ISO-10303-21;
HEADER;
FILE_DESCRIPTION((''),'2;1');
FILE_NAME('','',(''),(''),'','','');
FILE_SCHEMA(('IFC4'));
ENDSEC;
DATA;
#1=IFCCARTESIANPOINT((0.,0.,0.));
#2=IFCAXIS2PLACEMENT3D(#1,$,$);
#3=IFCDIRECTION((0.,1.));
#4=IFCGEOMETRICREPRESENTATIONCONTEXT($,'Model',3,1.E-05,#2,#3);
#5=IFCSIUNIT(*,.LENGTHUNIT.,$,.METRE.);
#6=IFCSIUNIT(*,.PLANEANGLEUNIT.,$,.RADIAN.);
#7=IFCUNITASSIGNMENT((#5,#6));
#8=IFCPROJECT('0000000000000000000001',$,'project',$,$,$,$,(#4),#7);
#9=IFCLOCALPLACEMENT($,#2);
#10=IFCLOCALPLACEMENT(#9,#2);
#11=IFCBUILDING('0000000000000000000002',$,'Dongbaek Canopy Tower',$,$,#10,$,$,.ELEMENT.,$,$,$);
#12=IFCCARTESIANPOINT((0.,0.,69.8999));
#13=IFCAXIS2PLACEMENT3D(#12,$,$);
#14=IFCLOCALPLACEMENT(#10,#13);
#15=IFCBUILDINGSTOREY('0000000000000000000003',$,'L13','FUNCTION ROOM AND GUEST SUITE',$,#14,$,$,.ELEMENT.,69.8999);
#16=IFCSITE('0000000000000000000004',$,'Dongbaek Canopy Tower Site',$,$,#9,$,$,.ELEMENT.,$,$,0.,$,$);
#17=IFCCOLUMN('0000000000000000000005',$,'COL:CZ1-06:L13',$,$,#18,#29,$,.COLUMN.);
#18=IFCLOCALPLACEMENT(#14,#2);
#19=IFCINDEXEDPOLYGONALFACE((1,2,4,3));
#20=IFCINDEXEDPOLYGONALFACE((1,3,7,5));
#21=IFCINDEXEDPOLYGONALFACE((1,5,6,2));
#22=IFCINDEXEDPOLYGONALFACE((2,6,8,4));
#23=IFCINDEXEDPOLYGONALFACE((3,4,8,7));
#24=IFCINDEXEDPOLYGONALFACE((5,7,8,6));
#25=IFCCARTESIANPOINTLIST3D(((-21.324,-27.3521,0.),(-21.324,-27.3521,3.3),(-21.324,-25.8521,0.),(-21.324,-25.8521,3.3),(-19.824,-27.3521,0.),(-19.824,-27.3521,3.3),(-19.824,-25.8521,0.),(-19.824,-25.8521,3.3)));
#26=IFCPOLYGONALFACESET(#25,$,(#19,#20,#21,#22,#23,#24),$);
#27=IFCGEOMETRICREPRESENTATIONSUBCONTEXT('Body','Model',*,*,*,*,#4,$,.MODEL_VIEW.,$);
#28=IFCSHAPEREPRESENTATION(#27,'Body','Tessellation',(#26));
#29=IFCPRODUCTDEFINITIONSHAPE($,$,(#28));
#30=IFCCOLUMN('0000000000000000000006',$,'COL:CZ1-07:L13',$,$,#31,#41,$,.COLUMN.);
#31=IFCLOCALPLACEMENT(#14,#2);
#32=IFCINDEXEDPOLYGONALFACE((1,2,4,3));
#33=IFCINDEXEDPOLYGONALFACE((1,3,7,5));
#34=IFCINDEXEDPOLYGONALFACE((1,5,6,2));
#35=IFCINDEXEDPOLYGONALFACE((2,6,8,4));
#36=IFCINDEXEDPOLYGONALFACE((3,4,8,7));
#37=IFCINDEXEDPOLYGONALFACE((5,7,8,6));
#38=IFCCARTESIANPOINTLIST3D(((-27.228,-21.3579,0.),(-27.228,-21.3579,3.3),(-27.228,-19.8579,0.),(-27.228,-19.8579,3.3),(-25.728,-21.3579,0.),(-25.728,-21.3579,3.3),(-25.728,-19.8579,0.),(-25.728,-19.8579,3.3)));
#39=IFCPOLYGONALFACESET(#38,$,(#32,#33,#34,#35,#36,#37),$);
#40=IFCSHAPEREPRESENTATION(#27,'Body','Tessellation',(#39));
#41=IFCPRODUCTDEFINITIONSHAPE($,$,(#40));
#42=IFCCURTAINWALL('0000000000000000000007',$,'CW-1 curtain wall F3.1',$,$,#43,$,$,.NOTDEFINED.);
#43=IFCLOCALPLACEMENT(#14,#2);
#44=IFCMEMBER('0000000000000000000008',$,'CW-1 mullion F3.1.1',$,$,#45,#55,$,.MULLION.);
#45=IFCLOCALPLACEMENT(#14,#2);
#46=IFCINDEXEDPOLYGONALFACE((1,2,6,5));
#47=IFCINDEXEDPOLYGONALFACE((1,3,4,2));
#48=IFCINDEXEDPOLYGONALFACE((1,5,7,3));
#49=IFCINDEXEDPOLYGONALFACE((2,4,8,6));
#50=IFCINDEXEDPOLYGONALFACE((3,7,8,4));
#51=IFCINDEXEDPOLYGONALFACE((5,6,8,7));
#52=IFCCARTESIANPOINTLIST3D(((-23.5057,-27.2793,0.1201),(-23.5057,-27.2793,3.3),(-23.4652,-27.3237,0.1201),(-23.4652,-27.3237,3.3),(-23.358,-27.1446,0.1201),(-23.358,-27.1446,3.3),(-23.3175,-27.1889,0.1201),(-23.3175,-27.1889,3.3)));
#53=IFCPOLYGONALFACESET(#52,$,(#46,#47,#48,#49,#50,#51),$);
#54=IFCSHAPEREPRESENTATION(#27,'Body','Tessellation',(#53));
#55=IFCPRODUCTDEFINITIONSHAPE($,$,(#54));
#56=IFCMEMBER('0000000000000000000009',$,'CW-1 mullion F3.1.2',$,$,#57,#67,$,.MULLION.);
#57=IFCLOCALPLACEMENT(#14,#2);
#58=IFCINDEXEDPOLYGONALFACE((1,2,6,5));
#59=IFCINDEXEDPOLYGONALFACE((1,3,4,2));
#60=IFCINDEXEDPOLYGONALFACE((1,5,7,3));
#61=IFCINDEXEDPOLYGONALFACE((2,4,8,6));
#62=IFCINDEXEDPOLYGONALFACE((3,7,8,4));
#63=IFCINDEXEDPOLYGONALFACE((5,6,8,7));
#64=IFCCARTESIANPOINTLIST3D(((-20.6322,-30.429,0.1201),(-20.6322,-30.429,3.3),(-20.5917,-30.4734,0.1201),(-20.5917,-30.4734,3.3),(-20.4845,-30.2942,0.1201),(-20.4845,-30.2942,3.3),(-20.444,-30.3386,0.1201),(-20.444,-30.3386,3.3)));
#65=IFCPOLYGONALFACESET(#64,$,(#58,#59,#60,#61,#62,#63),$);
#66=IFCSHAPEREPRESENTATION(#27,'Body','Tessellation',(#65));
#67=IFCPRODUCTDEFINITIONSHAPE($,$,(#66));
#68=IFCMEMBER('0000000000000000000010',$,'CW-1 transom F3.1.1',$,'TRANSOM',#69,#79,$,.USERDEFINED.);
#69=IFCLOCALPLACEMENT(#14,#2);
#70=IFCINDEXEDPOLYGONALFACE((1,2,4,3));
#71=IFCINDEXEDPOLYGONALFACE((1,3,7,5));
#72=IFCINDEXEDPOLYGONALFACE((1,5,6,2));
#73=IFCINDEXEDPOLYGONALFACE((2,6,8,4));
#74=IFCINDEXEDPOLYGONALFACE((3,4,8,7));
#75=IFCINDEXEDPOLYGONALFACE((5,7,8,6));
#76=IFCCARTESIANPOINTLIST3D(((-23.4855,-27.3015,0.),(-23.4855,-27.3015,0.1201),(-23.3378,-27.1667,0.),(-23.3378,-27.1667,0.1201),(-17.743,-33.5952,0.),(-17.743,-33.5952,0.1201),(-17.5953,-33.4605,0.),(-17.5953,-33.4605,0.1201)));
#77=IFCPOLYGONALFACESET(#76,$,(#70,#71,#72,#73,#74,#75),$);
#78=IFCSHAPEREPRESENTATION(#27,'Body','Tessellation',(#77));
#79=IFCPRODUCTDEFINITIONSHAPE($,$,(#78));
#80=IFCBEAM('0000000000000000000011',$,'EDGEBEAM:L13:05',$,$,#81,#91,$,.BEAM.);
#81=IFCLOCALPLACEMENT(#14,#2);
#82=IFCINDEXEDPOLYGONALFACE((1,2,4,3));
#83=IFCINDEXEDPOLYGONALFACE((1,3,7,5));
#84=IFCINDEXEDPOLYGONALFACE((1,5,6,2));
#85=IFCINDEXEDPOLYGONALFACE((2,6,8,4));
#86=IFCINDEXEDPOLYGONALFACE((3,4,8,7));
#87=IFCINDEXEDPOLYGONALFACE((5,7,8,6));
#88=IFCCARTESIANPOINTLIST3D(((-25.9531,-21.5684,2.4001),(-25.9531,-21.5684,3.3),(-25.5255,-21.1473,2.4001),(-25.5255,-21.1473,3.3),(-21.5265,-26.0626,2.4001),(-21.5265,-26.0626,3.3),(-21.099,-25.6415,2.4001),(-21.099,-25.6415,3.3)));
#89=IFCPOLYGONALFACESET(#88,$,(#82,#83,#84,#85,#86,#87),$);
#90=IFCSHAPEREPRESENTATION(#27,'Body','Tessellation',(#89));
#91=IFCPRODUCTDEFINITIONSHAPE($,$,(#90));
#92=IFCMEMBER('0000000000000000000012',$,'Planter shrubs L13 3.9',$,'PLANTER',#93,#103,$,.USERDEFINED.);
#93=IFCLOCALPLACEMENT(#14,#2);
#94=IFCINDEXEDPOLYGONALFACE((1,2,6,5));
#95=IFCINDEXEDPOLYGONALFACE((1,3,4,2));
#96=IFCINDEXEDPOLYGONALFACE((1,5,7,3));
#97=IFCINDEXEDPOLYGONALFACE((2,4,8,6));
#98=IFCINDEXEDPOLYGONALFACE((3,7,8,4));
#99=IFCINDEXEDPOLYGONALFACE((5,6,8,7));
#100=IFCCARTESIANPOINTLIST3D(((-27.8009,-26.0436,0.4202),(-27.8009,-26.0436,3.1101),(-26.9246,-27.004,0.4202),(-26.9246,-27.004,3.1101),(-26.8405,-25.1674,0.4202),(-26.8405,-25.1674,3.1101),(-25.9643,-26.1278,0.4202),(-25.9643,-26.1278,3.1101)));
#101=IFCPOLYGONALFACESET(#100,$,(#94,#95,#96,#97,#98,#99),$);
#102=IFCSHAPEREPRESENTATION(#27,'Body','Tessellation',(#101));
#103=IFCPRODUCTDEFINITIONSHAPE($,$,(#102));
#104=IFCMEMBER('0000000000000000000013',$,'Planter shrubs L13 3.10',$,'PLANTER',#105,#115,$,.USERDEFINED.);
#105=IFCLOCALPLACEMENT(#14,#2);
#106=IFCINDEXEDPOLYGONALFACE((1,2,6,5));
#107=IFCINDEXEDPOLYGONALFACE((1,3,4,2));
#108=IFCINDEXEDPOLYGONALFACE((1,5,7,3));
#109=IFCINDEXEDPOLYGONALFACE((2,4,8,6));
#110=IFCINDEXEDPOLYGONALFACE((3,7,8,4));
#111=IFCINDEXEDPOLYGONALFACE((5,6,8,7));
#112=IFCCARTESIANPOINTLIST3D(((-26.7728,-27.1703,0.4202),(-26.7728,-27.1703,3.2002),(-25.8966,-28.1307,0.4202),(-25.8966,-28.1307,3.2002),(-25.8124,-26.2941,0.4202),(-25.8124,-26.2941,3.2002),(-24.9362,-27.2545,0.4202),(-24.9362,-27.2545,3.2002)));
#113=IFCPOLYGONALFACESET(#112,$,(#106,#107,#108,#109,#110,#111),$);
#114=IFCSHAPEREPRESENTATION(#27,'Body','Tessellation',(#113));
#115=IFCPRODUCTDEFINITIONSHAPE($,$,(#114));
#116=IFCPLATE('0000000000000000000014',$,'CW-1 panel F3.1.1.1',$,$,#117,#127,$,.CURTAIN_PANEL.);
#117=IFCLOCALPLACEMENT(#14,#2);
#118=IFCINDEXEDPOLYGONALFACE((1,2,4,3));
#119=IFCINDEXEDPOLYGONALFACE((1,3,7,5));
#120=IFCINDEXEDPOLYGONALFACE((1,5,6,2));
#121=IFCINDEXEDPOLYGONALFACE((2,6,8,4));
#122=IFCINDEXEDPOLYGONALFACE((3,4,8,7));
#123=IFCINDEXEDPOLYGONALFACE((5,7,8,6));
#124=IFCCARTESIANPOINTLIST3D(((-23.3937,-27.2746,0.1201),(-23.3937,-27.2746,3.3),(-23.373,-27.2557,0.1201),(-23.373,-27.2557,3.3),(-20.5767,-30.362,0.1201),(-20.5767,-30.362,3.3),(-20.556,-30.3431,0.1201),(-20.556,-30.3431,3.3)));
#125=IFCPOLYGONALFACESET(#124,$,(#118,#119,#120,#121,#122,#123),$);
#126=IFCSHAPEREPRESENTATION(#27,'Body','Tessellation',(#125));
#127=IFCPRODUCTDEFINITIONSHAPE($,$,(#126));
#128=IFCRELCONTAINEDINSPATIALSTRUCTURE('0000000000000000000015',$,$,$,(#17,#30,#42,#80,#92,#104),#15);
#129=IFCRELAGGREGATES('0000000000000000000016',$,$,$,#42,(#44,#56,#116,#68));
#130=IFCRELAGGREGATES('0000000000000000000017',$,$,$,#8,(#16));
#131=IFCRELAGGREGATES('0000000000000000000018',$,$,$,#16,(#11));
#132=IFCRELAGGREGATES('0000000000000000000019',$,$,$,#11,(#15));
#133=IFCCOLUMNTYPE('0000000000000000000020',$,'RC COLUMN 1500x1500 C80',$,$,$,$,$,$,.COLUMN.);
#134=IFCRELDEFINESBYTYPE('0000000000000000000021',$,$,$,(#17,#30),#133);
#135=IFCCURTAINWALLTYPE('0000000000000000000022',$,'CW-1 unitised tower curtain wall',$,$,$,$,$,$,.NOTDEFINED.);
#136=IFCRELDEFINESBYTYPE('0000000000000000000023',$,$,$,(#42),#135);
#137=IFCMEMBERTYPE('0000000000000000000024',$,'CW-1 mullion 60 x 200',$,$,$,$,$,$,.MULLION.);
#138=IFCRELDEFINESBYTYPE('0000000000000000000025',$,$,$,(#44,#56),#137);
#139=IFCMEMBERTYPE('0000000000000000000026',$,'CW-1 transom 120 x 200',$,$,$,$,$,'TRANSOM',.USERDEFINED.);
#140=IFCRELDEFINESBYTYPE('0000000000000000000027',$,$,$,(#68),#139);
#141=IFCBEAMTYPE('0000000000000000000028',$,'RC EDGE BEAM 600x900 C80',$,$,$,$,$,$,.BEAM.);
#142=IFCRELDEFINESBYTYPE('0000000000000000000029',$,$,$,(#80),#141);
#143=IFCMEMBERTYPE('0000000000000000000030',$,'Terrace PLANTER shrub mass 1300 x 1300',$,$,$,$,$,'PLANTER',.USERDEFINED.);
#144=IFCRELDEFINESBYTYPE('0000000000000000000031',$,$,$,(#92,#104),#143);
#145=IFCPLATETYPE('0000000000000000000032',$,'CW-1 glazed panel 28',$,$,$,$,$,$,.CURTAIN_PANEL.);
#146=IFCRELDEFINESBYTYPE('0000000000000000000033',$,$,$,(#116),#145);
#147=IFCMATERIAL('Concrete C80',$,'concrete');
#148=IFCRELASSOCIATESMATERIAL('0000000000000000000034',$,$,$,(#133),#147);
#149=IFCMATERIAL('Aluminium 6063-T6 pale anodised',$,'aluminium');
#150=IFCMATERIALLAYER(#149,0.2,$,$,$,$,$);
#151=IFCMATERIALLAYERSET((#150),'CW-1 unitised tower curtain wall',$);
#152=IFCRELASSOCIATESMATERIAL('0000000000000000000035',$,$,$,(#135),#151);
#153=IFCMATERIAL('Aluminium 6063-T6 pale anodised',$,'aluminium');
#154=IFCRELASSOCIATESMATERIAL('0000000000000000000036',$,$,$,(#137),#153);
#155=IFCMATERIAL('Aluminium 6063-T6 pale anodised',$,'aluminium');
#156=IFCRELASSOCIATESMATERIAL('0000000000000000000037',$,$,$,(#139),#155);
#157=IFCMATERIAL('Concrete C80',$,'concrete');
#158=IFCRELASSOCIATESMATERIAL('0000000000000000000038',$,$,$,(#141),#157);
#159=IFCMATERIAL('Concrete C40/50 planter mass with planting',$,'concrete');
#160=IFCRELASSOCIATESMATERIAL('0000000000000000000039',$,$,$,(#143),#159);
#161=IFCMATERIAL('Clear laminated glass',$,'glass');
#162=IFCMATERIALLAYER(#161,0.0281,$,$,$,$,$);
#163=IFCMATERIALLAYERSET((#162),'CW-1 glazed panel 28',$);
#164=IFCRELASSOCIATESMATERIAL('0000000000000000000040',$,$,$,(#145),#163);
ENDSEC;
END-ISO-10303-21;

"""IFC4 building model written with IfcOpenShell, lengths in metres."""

from ifc_helpers import new_model, si_unit, direction, frame, origin, origin_2d, place, context, subcontext, project, spatial, rectangle, extrude, material, layer, layer_set, material_profile, profile_set, type_object, element, aggregate, save


model = new_model("IFC4")

# Units and contexts
model_context = context("Model", 3, precision=1e-05, world=origin(), true_north=direction((0.0, 1.0)))
body_context = subcontext(model_context, "Body", "Model", "MODEL_VIEW")
ifc_project = project(units=[si_unit("LENGTHUNIT", "METRE"), si_unit("PLANEANGLEUNIT", "RADIAN")], contexts=[model_context])

# Site, building, storey
site_placement = place(None, origin())
site = spatial("IfcSite", under=ifc_project, at=site_placement, Name="Dongbaek Canopy Tower Site", CompositionType="ELEMENT", RefElevation=0.0)
building_placement = place(site_placement, origin())
building = spatial("IfcBuilding", under=site, at=building_placement, Name="Dongbaek Canopy Tower", CompositionType="ELEMENT")
storey_placement = place(building_placement, frame((0.0, 0.0, 69.8999)))
storey = spatial("IfcBuildingStorey", under=building, at=storey_placement, Name="L13", Description="FUNCTION ROOM AND GUEST SUITE", CompositionType="ELEMENT", Elevation=69.8999)

# Columns
ifc_material_1 = material(Name="Concrete C80", Category="concrete")
ifc_material_profile_1 = material_profile(ifc_material_1, rectangle(XDim=1.5, YDim=1.5, at=origin_2d()), Name="RC COLUMN 1500x1500 C80")
ifc_profile_set_1 = profile_set([ifc_material_profile_1], Name="Concrete C80")
column_type = type_object("IfcColumnType", Name="RC COLUMN 1500x1500 C80", PredefinedType="COLUMN", material=ifc_profile_set_1)
for number, where, z_axis, x_axis, name in (
    (1, (-20.574, -26.6021, 0.0), (0.0, 0.0, 1.0), (1.0, 0.0, 0.0), "COL:CZ1-06:L13"),
    (2, (-26.478, -20.6079, 0.0), (0.0, 0.0, 1.0), (1.0, 0.0, 0.0), "COL:CZ1-07:L13"),
):
    element("IfcColumn", number, at=place(storey_placement, frame(where, z_axis=z_axis, x_axis=x_axis)), inside=storey, type_object=column_type, Name=name, PredefinedType="COLUMN", context=body_context, shape_type="SweptSolid", body=[
        extrude(rectangle(XDim=1.5, YDim=1.5, at=origin_2d()), origin(), (0.0, 0.0, 1.0), 3.3),
    ])

# Curtain wall, members
ifc_material_2 = material(Name="Aluminium 6063-T6 pale anodised", Category="aluminium")
ifc_layer_1 = layer(ifc_material_2, 0.2)
ifc_layer_set_1 = layer_set([ifc_layer_1], Name="CW-1 unitised tower curtain wall")
curtain_wall_type = type_object("IfcCurtainWallType", Name="CW-1 unitised tower curtain wall", PredefinedType="NOTDEFINED", material=ifc_layer_set_1)
curtain_wall_placement = place(storey_placement, origin())
curtain_wall = element("IfcCurtainWall", 3, at=curtain_wall_placement, inside=storey, type_object=curtain_wall_type, Name="CW-1 curtain wall F3.1", PredefinedType="NOTDEFINED")
ifc_material_3 = material(Name="Aluminium 6063-T6 pale anodised", Category="aluminium")
ifc_material_profile_2 = material_profile(ifc_material_3, rectangle(XDim=0.2, YDim=0.0601, at=origin_2d()), Name="CW-1 mullion 60 x 200")
ifc_profile_set_2 = profile_set([ifc_material_profile_2], Name="Aluminium 6063-T6 pale anodised")
member_type_1 = type_object("IfcMemberType", Name="CW-1 mullion 60 x 200", PredefinedType="MULLION", material=ifc_profile_set_2)
member_1_placement = place(storey_placement, frame((-23.4116, -27.2341, 0.1201), z_axis=(0.0, 0.0, 1.0), x_axis=(-0.73872, -0.674012, 0.0)))
member_1 = element("IfcMember", 4, at=member_1_placement, type_object=member_type_1, Name="CW-1 mullion F3.1.1", PredefinedType="MULLION", context=body_context, shape_type="SweptSolid", body=[
    extrude(rectangle(XDim=0.2, YDim=0.0601, at=origin_2d()), origin(), (0.0, 0.0, 1.0), 3.1799),
])
member_2_placement = place(storey_placement, frame((-20.5381, -30.3838, 0.1201), z_axis=(0.0, 0.0, 1.0), x_axis=(-0.73872, -0.674012, 0.0)))
member_2 = element("IfcMember", 5, at=member_2_placement, type_object=member_type_1, Name="CW-1 mullion F3.1.2", PredefinedType="MULLION", context=body_context, shape_type="SweptSolid", body=[
    extrude(rectangle(XDim=0.2, YDim=0.0601, at=origin_2d()), origin(), (0.0, 0.0, 1.0), 3.1799),
])
ifc_material_4 = material(Name="Aluminium 6063-T6 pale anodised", Category="aluminium")
ifc_material_profile_3 = material_profile(ifc_material_4, rectangle(XDim=0.2, YDim=0.1201, at=origin_2d()), Name="CW-1 transom 120 x 200")
ifc_profile_set_3 = profile_set([ifc_material_profile_3], Name="Aluminium 6063-T6 pale anodised")
member_type_2 = type_object("IfcMemberType", Name="CW-1 transom 120 x 200", ElementType="TRANSOM", PredefinedType="USERDEFINED", material=ifc_profile_set_3)
member_3_placement = place(storey_placement, frame((-23.4116, -27.2341, 0.0601), z_axis=(0.674014, -0.738719, 0.0), x_axis=(0.738719, 0.674014, 0.0)))
member_3 = element("IfcMember", 6, at=member_3_placement, type_object=member_type_2, Name="CW-1 transom F3.1.1", ObjectType="TRANSOM", PredefinedType="USERDEFINED", context=body_context, shape_type="SweptSolid", body=[
    extrude(rectangle(XDim=0.2, YDim=0.1201, at=origin_2d()), origin(), (0.0, 0.0, 1.0), 8.5198),
])

# Beam
ifc_material_5 = material(Name="Concrete C80", Category="concrete")
ifc_material_profile_4 = material_profile(ifc_material_5, rectangle(XDim=0.6001, YDim=0.8999, at=origin_2d()), Name="RC EDGE BEAM 600x900 C80")
ifc_profile_set_4 = profile_set([ifc_material_profile_4], Name="Concrete C80")
beam_type = type_object("IfcBeamType", Name="RC EDGE BEAM 600x900 C80", PredefinedType="BEAM", material=ifc_profile_set_4)
beam_placement = place(storey_placement, frame((-21.3127, -25.8521, 2.8501), z_axis=(-0.701726, 0.712447, 0.0), x_axis=(-0.712447, -0.701726, 0.0)))
element("IfcBeam", 7, at=beam_placement, inside=storey, type_object=beam_type, Name="EDGEBEAM:L13:05", PredefinedType="BEAM", context=body_context, shape_type="SweptSolid", body=[
    extrude(rectangle(XDim=0.6001, YDim=0.8999, at=origin_2d()), origin(), (0.0, 0.0, 1.0), 6.3081),
])

# Members
ifc_material_6 = material(Name="Concrete C40/50 planter mass with planting", Category="concrete")
ifc_material_profile_5 = material_profile(ifc_material_6, rectangle(XDim=1.3, YDim=1.3, at=origin_2d()), Name="Terrace PLANTER shrub mass 1300 x 1300")
ifc_profile_set_5 = profile_set([ifc_material_profile_5], Name="Concrete C40/50 planter mass with planting")
member_type_3 = type_object("IfcMemberType", Name="Terrace PLANTER shrub mass 1300 x 1300", ElementType="PLANTER", PredefinedType="USERDEFINED", material=ifc_profile_set_5)
member_4_placement = place(storey_placement, frame((-26.8826, -26.0857, 0.4202), z_axis=(0.0, 0.0, 1.0), x_axis=(-0.73872, -0.674012, 0.0)))
element("IfcMember", 8, at=member_4_placement, inside=storey, type_object=member_type_3, Name="Planter shrubs L13 3.9", ObjectType="PLANTER", PredefinedType="USERDEFINED", context=body_context, shape_type="SweptSolid", body=[
    extrude(rectangle(XDim=1.3, YDim=1.3, at=origin_2d()), origin(), (0.0, 0.0, 1.0), 2.6899),
])
member_5_placement = place(storey_placement, frame((-25.8545, -27.2124, 0.4202), z_axis=(0.0, 0.0, 1.0), x_axis=(-0.73872, -0.674012, 0.0)))
element("IfcMember", 9, at=member_5_placement, inside=storey, type_object=member_type_3, Name="Planter shrubs L13 3.10", ObjectType="PLANTER", PredefinedType="USERDEFINED", context=body_context, shape_type="SweptSolid", body=[
    extrude(rectangle(XDim=1.3, YDim=1.3, at=origin_2d()), origin(), (0.0, 0.0, 1.0), 2.78),
])

# Plate
ifc_material_7 = material(Name="Clear laminated glass", Category="glass")
ifc_layer_2 = layer(ifc_material_7, 0.0281)
ifc_layer_set_2 = layer_set([ifc_layer_2], Name="CW-1 glazed panel 28")
plate_type = type_object("IfcPlateType", Name="CW-1 glazed panel 28", PredefinedType="CURTAIN_PANEL", material=ifc_layer_set_2)
plate_placement = place(storey_placement, frame((-21.9749, -28.8088, 0.1201), z_axis=(0.0, 0.0, 1.0), x_axis=(0.674012, -0.73872, 0.0)))
plate = element("IfcPlate", 10, at=plate_placement, type_object=plate_type, Name="CW-1 panel F3.1.1.1", PredefinedType="CURTAIN_PANEL", context=body_context, shape_type="SweptSolid", body=[
    extrude(rectangle(XDim=4.1794, YDim=0.0281, at=origin_2d()), origin(), (0.0, 0.0, 1.0), 3.1799),
])

aggregate(curtain_wall, [member_1, member_2, plate, member_3])

save(model, "model.ifc")
